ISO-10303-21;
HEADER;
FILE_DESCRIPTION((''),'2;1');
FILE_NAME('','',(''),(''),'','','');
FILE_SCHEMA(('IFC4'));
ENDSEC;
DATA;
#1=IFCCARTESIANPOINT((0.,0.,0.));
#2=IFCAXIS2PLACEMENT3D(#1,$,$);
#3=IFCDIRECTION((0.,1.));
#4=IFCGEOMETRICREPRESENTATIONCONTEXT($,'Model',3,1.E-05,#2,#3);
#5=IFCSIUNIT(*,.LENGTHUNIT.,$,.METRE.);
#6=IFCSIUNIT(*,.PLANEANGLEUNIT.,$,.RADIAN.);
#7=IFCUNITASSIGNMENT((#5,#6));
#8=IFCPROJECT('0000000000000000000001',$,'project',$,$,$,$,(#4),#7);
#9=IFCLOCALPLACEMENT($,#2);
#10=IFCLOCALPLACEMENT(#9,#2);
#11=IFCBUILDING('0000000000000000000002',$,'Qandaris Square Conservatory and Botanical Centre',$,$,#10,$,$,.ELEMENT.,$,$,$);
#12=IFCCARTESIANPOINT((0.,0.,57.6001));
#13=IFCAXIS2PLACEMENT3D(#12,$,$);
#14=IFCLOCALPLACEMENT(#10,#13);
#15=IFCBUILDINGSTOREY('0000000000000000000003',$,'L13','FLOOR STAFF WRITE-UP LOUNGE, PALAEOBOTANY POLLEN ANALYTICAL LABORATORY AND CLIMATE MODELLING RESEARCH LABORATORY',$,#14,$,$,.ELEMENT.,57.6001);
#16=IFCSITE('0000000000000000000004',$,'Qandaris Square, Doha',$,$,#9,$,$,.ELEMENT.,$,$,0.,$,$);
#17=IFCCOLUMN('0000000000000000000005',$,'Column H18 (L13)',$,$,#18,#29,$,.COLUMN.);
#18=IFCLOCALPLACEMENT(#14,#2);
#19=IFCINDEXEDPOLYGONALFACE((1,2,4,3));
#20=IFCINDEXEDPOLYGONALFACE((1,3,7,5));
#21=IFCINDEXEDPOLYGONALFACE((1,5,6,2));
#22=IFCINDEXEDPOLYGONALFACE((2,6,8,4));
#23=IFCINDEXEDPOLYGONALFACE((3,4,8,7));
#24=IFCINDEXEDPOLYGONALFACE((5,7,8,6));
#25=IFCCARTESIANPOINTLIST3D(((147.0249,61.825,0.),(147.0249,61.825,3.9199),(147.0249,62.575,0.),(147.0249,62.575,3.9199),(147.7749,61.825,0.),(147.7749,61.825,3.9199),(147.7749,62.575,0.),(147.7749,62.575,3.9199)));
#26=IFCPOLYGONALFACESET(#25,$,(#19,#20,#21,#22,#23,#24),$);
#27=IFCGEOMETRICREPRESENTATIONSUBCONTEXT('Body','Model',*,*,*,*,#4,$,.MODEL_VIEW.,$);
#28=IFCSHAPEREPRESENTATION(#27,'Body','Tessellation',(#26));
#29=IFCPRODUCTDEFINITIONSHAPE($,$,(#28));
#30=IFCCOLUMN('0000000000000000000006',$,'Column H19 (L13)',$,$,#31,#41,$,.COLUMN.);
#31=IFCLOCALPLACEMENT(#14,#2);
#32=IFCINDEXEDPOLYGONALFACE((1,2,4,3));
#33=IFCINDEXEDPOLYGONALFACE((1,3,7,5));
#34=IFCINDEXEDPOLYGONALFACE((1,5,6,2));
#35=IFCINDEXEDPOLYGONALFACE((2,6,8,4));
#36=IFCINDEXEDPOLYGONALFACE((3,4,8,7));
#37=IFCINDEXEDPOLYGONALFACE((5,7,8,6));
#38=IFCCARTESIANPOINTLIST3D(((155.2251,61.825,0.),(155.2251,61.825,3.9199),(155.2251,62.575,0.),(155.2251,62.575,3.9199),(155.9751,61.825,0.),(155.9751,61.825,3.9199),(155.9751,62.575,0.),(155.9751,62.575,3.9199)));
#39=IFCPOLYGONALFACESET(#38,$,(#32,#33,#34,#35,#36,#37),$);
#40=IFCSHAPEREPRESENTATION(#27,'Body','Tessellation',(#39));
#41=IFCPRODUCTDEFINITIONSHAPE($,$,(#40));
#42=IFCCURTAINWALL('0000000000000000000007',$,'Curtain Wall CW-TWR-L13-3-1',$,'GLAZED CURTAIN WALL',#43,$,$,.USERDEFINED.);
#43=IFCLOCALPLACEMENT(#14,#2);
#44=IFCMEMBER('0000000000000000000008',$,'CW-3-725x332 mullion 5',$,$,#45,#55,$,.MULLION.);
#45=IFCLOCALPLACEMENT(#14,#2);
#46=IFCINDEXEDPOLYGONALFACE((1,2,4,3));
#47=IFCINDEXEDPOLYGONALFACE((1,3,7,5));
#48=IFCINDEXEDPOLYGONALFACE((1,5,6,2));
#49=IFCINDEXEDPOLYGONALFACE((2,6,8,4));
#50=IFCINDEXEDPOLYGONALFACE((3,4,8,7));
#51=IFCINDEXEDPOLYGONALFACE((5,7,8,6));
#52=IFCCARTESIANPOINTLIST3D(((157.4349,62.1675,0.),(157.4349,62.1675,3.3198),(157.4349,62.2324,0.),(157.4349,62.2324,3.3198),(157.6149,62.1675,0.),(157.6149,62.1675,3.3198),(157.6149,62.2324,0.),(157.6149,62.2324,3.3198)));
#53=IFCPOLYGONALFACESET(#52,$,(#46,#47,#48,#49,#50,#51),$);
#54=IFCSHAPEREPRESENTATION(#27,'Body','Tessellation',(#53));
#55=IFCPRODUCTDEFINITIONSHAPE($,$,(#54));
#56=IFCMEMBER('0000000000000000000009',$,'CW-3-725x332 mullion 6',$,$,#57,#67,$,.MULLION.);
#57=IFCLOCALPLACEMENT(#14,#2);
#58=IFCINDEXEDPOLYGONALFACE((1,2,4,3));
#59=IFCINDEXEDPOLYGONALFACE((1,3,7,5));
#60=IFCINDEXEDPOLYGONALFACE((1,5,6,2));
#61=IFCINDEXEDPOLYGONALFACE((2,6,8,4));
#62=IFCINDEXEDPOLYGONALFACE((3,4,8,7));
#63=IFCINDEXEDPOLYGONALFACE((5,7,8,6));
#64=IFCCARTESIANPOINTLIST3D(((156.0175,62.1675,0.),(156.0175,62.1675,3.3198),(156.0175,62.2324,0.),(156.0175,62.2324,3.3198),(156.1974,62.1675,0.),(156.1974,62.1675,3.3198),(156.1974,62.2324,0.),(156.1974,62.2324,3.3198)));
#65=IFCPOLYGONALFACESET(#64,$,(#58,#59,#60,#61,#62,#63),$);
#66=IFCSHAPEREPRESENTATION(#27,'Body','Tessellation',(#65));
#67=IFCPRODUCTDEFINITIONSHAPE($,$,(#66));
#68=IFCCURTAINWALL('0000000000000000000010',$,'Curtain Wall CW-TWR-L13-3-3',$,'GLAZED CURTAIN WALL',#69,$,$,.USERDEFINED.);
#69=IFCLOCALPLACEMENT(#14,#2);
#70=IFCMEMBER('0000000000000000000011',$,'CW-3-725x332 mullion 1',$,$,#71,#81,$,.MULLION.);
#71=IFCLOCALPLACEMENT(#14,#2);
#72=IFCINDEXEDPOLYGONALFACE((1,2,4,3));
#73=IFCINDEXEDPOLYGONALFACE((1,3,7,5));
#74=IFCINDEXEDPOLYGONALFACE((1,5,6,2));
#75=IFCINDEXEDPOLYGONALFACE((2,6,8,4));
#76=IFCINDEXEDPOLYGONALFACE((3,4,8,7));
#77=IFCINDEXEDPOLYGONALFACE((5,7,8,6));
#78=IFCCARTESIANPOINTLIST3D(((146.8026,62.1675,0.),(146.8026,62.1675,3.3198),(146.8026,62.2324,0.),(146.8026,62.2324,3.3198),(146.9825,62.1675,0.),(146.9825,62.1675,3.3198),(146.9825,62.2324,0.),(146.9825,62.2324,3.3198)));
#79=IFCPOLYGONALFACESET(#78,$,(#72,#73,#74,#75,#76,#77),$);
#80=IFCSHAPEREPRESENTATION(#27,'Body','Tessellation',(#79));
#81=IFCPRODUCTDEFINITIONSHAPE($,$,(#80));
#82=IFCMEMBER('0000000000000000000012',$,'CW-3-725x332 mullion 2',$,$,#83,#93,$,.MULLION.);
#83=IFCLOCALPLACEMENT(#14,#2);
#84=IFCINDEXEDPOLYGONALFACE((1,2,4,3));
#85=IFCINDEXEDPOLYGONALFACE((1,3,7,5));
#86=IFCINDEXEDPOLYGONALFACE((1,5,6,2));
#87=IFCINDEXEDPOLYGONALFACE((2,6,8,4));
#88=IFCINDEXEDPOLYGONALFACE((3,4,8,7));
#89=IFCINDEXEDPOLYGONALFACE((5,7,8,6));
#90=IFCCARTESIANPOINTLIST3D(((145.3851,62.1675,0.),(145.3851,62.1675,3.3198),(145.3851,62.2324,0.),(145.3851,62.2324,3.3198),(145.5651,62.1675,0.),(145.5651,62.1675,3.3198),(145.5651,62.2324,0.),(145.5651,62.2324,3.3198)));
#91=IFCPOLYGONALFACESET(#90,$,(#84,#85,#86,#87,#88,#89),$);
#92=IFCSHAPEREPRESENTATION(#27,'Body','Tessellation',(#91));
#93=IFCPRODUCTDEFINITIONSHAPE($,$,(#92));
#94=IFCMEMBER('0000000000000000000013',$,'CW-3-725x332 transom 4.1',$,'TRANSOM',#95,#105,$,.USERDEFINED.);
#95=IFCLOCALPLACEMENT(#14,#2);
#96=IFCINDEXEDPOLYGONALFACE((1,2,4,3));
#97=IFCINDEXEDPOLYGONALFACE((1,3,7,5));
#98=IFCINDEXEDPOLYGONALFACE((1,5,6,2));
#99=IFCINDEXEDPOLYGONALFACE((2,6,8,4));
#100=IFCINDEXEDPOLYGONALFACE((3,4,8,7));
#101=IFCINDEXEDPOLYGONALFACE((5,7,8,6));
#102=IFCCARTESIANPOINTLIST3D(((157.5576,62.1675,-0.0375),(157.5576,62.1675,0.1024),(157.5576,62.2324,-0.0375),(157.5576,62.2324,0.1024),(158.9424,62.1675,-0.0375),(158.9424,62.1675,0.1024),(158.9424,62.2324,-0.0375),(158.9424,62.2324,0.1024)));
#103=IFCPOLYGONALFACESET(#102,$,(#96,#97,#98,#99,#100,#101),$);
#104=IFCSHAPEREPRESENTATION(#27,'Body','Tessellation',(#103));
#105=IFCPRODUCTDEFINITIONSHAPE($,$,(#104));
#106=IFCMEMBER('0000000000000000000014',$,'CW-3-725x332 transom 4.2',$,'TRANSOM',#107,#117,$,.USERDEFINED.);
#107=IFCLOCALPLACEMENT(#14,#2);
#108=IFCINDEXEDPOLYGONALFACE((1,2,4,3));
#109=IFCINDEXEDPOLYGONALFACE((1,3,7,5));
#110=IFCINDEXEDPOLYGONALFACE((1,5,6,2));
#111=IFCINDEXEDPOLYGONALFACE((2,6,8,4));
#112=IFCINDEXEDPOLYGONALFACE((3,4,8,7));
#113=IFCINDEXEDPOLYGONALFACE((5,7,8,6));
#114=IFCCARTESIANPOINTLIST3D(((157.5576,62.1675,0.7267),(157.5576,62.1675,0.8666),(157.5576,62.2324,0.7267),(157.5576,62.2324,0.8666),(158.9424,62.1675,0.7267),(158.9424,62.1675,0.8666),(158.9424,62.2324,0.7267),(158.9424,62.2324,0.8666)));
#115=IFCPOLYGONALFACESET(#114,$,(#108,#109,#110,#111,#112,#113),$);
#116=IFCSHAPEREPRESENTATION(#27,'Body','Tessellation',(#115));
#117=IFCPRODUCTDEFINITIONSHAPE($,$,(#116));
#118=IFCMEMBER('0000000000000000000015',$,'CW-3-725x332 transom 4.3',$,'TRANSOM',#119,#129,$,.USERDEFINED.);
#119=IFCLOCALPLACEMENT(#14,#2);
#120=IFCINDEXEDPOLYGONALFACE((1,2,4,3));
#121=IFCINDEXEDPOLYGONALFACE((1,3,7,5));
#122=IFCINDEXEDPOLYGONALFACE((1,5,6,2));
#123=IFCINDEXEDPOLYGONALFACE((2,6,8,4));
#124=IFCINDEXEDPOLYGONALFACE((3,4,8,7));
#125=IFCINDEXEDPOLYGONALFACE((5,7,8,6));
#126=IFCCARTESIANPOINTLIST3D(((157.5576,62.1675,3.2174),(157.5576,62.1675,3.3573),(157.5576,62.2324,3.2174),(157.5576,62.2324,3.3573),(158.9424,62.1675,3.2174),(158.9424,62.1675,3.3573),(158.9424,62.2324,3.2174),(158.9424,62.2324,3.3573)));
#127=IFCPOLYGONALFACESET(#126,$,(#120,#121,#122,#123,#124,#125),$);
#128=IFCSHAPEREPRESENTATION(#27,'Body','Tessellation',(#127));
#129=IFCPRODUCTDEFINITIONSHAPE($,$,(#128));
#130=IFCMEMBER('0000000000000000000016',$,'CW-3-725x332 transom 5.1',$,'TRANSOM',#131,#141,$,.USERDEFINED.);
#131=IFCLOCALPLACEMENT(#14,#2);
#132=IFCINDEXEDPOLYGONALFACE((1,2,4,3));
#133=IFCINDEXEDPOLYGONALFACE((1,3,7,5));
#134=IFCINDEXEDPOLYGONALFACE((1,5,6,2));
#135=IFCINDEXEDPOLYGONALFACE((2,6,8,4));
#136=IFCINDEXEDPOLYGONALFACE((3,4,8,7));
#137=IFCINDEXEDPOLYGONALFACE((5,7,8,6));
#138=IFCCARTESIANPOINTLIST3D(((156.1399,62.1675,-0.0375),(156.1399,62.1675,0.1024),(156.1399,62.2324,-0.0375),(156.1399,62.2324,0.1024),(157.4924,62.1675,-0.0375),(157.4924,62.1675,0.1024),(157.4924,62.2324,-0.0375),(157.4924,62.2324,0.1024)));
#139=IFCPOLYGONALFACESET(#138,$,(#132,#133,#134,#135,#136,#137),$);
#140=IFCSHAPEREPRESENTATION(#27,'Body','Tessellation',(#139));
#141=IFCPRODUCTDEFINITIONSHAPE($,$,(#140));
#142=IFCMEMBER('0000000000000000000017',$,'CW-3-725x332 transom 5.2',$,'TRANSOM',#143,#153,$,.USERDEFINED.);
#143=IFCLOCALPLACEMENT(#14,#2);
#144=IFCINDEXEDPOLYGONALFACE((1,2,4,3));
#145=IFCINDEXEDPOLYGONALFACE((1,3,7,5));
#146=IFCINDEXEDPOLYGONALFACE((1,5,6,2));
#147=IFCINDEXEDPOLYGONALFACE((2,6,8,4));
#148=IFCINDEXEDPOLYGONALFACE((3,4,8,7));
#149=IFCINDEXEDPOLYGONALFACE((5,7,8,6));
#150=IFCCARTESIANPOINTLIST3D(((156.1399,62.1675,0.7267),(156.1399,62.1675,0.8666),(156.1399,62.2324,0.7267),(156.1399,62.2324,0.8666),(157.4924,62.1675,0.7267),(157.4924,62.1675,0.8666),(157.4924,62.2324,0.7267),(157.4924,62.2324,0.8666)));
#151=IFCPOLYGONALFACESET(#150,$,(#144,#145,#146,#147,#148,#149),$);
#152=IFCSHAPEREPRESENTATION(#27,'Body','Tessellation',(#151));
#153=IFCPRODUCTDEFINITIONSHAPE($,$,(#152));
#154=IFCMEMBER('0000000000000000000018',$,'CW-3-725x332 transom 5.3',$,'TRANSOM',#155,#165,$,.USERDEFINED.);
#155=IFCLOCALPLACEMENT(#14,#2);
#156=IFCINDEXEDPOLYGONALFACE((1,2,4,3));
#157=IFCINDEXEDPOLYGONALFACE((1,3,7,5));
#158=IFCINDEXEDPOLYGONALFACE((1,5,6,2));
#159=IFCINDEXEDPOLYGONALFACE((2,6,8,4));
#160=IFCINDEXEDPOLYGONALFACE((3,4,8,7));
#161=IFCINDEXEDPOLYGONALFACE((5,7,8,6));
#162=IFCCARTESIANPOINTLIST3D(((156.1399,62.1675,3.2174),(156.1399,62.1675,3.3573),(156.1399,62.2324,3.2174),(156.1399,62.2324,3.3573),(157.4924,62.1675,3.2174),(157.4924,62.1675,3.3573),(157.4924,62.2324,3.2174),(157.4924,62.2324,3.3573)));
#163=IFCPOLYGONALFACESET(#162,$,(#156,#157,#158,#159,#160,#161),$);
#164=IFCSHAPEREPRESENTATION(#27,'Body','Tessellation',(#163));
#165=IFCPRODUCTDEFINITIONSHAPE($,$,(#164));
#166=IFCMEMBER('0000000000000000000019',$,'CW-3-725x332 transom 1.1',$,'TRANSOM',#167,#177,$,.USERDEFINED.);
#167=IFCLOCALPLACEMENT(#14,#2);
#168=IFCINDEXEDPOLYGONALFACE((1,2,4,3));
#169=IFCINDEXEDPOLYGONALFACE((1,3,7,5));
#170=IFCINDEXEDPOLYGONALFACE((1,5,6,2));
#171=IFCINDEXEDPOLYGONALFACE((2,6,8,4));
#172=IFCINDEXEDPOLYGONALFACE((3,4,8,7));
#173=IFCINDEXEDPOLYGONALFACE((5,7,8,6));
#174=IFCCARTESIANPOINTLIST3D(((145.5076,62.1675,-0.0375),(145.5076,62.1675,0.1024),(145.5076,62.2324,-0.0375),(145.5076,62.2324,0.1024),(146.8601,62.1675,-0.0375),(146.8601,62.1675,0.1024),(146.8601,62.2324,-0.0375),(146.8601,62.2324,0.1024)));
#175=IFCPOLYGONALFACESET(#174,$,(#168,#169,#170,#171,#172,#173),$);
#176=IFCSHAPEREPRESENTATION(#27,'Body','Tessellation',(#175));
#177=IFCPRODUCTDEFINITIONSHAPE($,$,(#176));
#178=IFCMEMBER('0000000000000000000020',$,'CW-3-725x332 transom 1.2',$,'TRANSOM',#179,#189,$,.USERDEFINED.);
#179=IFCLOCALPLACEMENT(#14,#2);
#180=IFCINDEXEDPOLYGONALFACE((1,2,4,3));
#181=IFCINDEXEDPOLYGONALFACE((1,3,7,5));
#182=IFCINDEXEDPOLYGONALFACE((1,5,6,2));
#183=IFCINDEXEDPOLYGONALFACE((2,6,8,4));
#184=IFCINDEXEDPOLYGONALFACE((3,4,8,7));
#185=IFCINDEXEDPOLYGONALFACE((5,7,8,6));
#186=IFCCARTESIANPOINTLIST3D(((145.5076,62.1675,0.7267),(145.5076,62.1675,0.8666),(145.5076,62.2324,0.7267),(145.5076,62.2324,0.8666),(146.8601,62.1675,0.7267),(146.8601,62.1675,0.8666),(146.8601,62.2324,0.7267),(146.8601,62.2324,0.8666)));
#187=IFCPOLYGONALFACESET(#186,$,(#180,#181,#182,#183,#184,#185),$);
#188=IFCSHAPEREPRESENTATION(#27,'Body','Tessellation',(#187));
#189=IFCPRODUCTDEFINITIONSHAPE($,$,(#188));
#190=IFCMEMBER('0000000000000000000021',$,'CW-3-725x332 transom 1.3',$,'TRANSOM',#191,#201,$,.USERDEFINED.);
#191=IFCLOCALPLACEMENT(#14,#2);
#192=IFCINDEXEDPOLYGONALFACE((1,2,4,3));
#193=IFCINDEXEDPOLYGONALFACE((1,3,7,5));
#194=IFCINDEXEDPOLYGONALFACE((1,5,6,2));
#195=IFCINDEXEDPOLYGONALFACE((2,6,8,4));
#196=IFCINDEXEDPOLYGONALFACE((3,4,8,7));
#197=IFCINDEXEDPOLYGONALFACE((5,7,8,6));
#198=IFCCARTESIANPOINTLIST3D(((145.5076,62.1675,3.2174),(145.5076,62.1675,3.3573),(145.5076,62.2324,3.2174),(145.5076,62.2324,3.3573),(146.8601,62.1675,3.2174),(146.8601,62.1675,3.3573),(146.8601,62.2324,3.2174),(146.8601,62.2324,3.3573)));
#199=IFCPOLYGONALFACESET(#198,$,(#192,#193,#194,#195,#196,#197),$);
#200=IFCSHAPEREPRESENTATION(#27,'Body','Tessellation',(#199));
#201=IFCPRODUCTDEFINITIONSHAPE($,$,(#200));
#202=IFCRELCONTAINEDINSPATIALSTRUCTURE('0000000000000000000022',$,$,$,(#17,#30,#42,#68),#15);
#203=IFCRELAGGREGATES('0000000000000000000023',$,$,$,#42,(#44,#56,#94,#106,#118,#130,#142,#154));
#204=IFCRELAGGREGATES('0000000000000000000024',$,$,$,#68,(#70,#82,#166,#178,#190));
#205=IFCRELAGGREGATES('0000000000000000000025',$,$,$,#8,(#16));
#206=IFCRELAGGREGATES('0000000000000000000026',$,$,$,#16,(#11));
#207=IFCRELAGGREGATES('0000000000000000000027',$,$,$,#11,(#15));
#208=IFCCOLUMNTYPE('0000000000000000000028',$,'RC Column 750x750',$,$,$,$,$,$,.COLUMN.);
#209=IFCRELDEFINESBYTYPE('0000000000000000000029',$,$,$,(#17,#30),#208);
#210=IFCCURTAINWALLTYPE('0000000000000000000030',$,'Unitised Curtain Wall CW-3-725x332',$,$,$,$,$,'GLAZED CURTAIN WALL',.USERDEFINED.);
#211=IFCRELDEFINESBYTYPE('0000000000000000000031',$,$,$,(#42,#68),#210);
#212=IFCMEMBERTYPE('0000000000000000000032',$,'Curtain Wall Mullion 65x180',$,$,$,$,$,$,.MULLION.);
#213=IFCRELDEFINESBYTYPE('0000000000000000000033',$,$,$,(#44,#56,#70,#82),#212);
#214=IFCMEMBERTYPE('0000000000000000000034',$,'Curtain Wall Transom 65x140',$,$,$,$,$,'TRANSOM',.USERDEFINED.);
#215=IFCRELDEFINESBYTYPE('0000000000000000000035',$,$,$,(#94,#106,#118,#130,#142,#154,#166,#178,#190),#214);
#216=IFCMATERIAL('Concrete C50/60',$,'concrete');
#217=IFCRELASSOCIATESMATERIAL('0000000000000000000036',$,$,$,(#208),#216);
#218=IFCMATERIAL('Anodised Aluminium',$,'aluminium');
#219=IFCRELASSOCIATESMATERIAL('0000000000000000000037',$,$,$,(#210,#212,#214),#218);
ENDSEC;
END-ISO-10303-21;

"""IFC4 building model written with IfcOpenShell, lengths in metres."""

from ifc_helpers import new_model, si_unit, direction, frame, origin, origin_2d, place, context, subcontext, project, spatial, rectangle, extrude, material, material_profile, profile_set, type_object, element, aggregate, save


model = new_model("IFC4")

# Units and contexts
model_context = context("Model", 3, precision=1e-05, world=origin(), true_north=direction((0.0, 1.0)))
body_context = subcontext(model_context, "Body", "Model", "MODEL_VIEW")
ifc_project = project(units=[si_unit("LENGTHUNIT", "METRE"), si_unit("PLANEANGLEUNIT", "RADIAN")], contexts=[model_context])

# Site, building, storey
site_placement = place(None, origin())
site = spatial("IfcSite", under=ifc_project, at=site_placement, Name="Qandaris Square, Doha", CompositionType="ELEMENT", RefElevation=0.0)
building_placement = place(site_placement, origin())
building = spatial("IfcBuilding", under=site, at=building_placement, Name="Qandaris Square Conservatory and Botanical Centre", CompositionType="ELEMENT")
storey_placement = place(building_placement, frame((0.0, 0.0, 57.6001)))
storey = spatial("IfcBuildingStorey", under=building, at=storey_placement, Name="L13", Description="FLOOR STAFF WRITE-UP LOUNGE, PALAEOBOTANY POLLEN ANALYTICAL LABORATORY AND CLIMATE MODELLING RESEARCH LABORATORY", CompositionType="ELEMENT", Elevation=57.6001)

# Columns
ifc_material_1 = material(Name="Concrete C50/60", Category="concrete")
ifc_material_profile_1 = material_profile(ifc_material_1, rectangle(XDim=0.75, YDim=0.75, at=origin_2d()), Name="RC-COL 750x750")
ifc_profile_set_1 = profile_set([ifc_material_profile_1], Name="Concrete C50/60")
column_type = type_object("IfcColumnType", Name="RC Column 750x750", PredefinedType="COLUMN", material=ifc_profile_set_1)
for number, where, z_axis, x_axis, name in (
    (1, (147.3999, 62.2, 0.0), (0.0, 0.0, 1.0), (1.0, 0.0, 0.0), "Column H18 (L13)"),
    (2, (155.6001, 62.2, 0.0), (0.0, 0.0, 1.0), (1.0, 0.0, 0.0), "Column H19 (L13)"),
):
    element("IfcColumn", number, at=place(storey_placement, frame(where, z_axis=z_axis, x_axis=x_axis)), inside=storey, type_object=column_type, Name=name, PredefinedType="COLUMN", context=body_context, shape_type="SweptSolid", body=[
        extrude(rectangle(XDim=0.75, YDim=0.75, at=origin_2d()), origin(), (0.0, 0.0, 1.0), 3.9199),
    ])

# Curtain walls, members
ifc_material_2 = material(Name="Anodised Aluminium", Category="aluminium")
curtain_wall_type = type_object("IfcCurtainWallType", Name="Unitised Curtain Wall CW-3-725x332", ElementType="GLAZED CURTAIN WALL", PredefinedType="USERDEFINED", material=ifc_material_2)
curtain_wall_1_placement = place(storey_placement, origin())
curtain_wall_1 = element("IfcCurtainWall", 3, at=curtain_wall_1_placement, inside=storey, type_object=curtain_wall_type, Name="Curtain Wall CW-TWR-L13-3-1", ObjectType="GLAZED CURTAIN WALL", PredefinedType="USERDEFINED")
ifc_material_profile_2 = material_profile(ifc_material_2, rectangle(XDim=0.0649, YDim=0.1799, at=origin_2d()), Name="ALU-MUL 65x180")
ifc_profile_set_2 = profile_set([ifc_material_profile_2], Name="Anodised Aluminium")
member_type_1 = type_object("IfcMemberType", Name="Curtain Wall Mullion 65x180", PredefinedType="MULLION", material=ifc_profile_set_2)
member_1_placement = place(storey_placement, frame((157.5249, 62.2, 0.0), z_axis=(0.0, 0.0, 1.0), x_axis=(0.0, -1.0, 0.0)))
member_1 = element("IfcMember", 4, at=member_1_placement, type_object=member_type_1, Name="CW-3-725x332 mullion 5", PredefinedType="MULLION", context=body_context, shape_type="SweptSolid", body=[
    extrude(rectangle(XDim=0.0649, YDim=0.1799, at=origin_2d()), origin(), (0.0, 0.0, 1.0), 3.3198),
])
member_2_placement = place(storey_placement, frame((156.1074, 62.2, 0.0), z_axis=(0.0, 0.0, 1.0), x_axis=(0.0, -1.0, 0.0)))
member_2 = element("IfcMember", 5, at=member_2_placement, type_object=member_type_1, Name="CW-3-725x332 mullion 6", PredefinedType="MULLION", context=body_context, shape_type="SweptSolid", body=[
    extrude(rectangle(XDim=0.0649, YDim=0.1799, at=origin_2d()), origin(), (0.0, 0.0, 1.0), 3.3198),
])
curtain_wall_2_placement = place(storey_placement, origin())
curtain_wall_2 = element("IfcCurtainWall", 6, at=curtain_wall_2_placement, inside=storey, type_object=curtain_wall_type, Name="Curtain Wall CW-TWR-L13-3-3", ObjectType="GLAZED CURTAIN WALL", PredefinedType="USERDEFINED")
member_3_placement = place(storey_placement, frame((146.8926, 62.2, 0.0), z_axis=(0.0, 0.0, 1.0), x_axis=(0.0, -1.0, 0.0)))
member_3 = element("IfcMember", 7, at=member_3_placement, type_object=member_type_1, Name="CW-3-725x332 mullion 1", PredefinedType="MULLION", context=body_context, shape_type="SweptSolid", body=[
    extrude(rectangle(XDim=0.0649, YDim=0.1799, at=origin_2d()), origin(), (0.0, 0.0, 1.0), 3.3198),
])
member_4_placement = place(storey_placement, frame((145.4751, 62.2, 0.0), z_axis=(0.0, 0.0, 1.0), x_axis=(0.0, -1.0, 0.0)))
member_4 = element("IfcMember", 8, at=member_4_placement, type_object=member_type_1, Name="CW-3-725x332 mullion 2", PredefinedType="MULLION", context=body_context, shape_type="SweptSolid", body=[
    extrude(rectangle(XDim=0.0649, YDim=0.1799, at=origin_2d()), origin(), (0.0, 0.0, 1.0), 3.3198),
])

# Members
ifc_material_profile_3 = material_profile(ifc_material_2, rectangle(XDim=0.0649, YDim=0.1399, at=origin_2d()), Name="ALU-TRN 65x140")
ifc_profile_set_3 = profile_set([ifc_material_profile_3], Name="Anodised Aluminium")
member_type_2 = type_object("IfcMemberType", Name="Curtain Wall Transom 65x140", ElementType="TRANSOM", PredefinedType="USERDEFINED", material=ifc_profile_set_3)
member_5_placement = place(storey_placement, frame((158.9424, 62.2, 0.0325), z_axis=(-1.0, 0.0, 0.0), x_axis=(0.0, -1.0, 0.0)))
member_5 = element("IfcMember", 9, at=member_5_placement, type_object=member_type_2, Name="CW-3-725x332 transom 4.1", ObjectType="TRANSOM", PredefinedType="USERDEFINED", context=body_context, shape_type="SweptSolid", body=[
    extrude(rectangle(XDim=0.0649, YDim=0.1399, at=origin_2d()), origin(), (0.0, 0.0, 1.0), 1.3848),
])
member_6_placement = place(storey_placement, frame((158.9424, 62.2, 0.7966), z_axis=(-1.0, 0.0, 0.0), x_axis=(0.0, -1.0, 0.0)))
member_6 = element("IfcMember", 10, at=member_6_placement, type_object=member_type_2, Name="CW-3-725x332 transom 4.2", ObjectType="TRANSOM", PredefinedType="USERDEFINED", context=body_context, shape_type="SweptSolid", body=[
    extrude(rectangle(XDim=0.0649, YDim=0.1399, at=origin_2d()), origin(), (0.0, 0.0, 1.0), 1.3848),
])
member_7_placement = place(storey_placement, frame((158.9424, 62.2, 3.2874), z_axis=(-1.0, 0.0, 0.0), x_axis=(0.0, -1.0, 0.0)))
member_7 = element("IfcMember", 11, at=member_7_placement, type_object=member_type_2, Name="CW-3-725x332 transom 4.3", ObjectType="TRANSOM", PredefinedType="USERDEFINED", context=body_context, shape_type="SweptSolid", body=[
    extrude(rectangle(XDim=0.0649, YDim=0.1399, at=origin_2d()), origin(), (0.0, 0.0, 1.0), 1.3848),
])
member_8_placement = place(storey_placement, frame((157.4924, 62.2, 0.0325), z_axis=(-1.0, 0.0, 0.0), x_axis=(0.0, -1.0, 0.0)))
member_8 = element("IfcMember", 12, at=member_8_placement, type_object=member_type_2, Name="CW-3-725x332 transom 5.1", ObjectType="TRANSOM", PredefinedType="USERDEFINED", context=body_context, shape_type="SweptSolid", body=[
    extrude(rectangle(XDim=0.0649, YDim=0.1399, at=origin_2d()), origin(), (0.0, 0.0, 1.0), 1.3525),
])
member_9_placement = place(storey_placement, frame((157.4924, 62.2, 0.7966), z_axis=(-1.0, 0.0, 0.0), x_axis=(0.0, -1.0, 0.0)))
member_9 = element("IfcMember", 13, at=member_9_placement, type_object=member_type_2, Name="CW-3-725x332 transom 5.2", ObjectType="TRANSOM", PredefinedType="USERDEFINED", context=body_context, shape_type="SweptSolid", body=[
    extrude(rectangle(XDim=0.0649, YDim=0.1399, at=origin_2d()), origin(), (0.0, 0.0, 1.0), 1.3525),
])
member_10_placement = place(storey_placement, frame((157.4924, 62.2, 3.2874), z_axis=(-1.0, 0.0, 0.0), x_axis=(0.0, -1.0, 0.0)))
member_10 = element("IfcMember", 14, at=member_10_placement, type_object=member_type_2, Name="CW-3-725x332 transom 5.3", ObjectType="TRANSOM", PredefinedType="USERDEFINED", context=body_context, shape_type="SweptSolid", body=[
    extrude(rectangle(XDim=0.0649, YDim=0.1399, at=origin_2d()), origin(), (0.0, 0.0, 1.0), 1.3525),
])
member_11_placement = place(storey_placement, frame((146.8601, 62.2, 0.0325), z_axis=(-1.0, 0.0, 0.0), x_axis=(0.0, -1.0, 0.0)))
member_11 = element("IfcMember", 15, at=member_11_placement, type_object=member_type_2, Name="CW-3-725x332 transom 1.1", ObjectType="TRANSOM", PredefinedType="USERDEFINED", context=body_context, shape_type="SweptSolid", body=[
    extrude(rectangle(XDim=0.0649, YDim=0.1399, at=origin_2d()), origin(), (0.0, 0.0, 1.0), 1.3525),
])
member_12_placement = place(storey_placement, frame((146.8601, 62.2, 0.7966), z_axis=(-1.0, 0.0, 0.0), x_axis=(0.0, -1.0, 0.0)))
member_12 = element("IfcMember", 16, at=member_12_placement, type_object=member_type_2, Name="CW-3-725x332 transom 1.2", ObjectType="TRANSOM", PredefinedType="USERDEFINED", context=body_context, shape_type="SweptSolid", body=[
    extrude(rectangle(XDim=0.0649, YDim=0.1399, at=origin_2d()), origin(), (0.0, 0.0, 1.0), 1.3525),
])
member_13_placement = place(storey_placement, frame((146.8601, 62.2, 3.2874), z_axis=(-1.0, 0.0, 0.0), x_axis=(0.0, -1.0, 0.0)))
member_13 = element("IfcMember", 17, at=member_13_placement, type_object=member_type_2, Name="CW-3-725x332 transom 1.3", ObjectType="TRANSOM", PredefinedType="USERDEFINED", context=body_context, shape_type="SweptSolid", body=[
    extrude(rectangle(XDim=0.0649, YDim=0.1399, at=origin_2d()), origin(), (0.0, 0.0, 1.0), 1.3525),
])

aggregate(curtain_wall_1, [member_1, member_2, member_5, member_6, member_7, member_8, member_9, member_10])
aggregate(curtain_wall_2, [member_3, member_4, member_11, member_12, member_13])

save(model, "model.ifc")
